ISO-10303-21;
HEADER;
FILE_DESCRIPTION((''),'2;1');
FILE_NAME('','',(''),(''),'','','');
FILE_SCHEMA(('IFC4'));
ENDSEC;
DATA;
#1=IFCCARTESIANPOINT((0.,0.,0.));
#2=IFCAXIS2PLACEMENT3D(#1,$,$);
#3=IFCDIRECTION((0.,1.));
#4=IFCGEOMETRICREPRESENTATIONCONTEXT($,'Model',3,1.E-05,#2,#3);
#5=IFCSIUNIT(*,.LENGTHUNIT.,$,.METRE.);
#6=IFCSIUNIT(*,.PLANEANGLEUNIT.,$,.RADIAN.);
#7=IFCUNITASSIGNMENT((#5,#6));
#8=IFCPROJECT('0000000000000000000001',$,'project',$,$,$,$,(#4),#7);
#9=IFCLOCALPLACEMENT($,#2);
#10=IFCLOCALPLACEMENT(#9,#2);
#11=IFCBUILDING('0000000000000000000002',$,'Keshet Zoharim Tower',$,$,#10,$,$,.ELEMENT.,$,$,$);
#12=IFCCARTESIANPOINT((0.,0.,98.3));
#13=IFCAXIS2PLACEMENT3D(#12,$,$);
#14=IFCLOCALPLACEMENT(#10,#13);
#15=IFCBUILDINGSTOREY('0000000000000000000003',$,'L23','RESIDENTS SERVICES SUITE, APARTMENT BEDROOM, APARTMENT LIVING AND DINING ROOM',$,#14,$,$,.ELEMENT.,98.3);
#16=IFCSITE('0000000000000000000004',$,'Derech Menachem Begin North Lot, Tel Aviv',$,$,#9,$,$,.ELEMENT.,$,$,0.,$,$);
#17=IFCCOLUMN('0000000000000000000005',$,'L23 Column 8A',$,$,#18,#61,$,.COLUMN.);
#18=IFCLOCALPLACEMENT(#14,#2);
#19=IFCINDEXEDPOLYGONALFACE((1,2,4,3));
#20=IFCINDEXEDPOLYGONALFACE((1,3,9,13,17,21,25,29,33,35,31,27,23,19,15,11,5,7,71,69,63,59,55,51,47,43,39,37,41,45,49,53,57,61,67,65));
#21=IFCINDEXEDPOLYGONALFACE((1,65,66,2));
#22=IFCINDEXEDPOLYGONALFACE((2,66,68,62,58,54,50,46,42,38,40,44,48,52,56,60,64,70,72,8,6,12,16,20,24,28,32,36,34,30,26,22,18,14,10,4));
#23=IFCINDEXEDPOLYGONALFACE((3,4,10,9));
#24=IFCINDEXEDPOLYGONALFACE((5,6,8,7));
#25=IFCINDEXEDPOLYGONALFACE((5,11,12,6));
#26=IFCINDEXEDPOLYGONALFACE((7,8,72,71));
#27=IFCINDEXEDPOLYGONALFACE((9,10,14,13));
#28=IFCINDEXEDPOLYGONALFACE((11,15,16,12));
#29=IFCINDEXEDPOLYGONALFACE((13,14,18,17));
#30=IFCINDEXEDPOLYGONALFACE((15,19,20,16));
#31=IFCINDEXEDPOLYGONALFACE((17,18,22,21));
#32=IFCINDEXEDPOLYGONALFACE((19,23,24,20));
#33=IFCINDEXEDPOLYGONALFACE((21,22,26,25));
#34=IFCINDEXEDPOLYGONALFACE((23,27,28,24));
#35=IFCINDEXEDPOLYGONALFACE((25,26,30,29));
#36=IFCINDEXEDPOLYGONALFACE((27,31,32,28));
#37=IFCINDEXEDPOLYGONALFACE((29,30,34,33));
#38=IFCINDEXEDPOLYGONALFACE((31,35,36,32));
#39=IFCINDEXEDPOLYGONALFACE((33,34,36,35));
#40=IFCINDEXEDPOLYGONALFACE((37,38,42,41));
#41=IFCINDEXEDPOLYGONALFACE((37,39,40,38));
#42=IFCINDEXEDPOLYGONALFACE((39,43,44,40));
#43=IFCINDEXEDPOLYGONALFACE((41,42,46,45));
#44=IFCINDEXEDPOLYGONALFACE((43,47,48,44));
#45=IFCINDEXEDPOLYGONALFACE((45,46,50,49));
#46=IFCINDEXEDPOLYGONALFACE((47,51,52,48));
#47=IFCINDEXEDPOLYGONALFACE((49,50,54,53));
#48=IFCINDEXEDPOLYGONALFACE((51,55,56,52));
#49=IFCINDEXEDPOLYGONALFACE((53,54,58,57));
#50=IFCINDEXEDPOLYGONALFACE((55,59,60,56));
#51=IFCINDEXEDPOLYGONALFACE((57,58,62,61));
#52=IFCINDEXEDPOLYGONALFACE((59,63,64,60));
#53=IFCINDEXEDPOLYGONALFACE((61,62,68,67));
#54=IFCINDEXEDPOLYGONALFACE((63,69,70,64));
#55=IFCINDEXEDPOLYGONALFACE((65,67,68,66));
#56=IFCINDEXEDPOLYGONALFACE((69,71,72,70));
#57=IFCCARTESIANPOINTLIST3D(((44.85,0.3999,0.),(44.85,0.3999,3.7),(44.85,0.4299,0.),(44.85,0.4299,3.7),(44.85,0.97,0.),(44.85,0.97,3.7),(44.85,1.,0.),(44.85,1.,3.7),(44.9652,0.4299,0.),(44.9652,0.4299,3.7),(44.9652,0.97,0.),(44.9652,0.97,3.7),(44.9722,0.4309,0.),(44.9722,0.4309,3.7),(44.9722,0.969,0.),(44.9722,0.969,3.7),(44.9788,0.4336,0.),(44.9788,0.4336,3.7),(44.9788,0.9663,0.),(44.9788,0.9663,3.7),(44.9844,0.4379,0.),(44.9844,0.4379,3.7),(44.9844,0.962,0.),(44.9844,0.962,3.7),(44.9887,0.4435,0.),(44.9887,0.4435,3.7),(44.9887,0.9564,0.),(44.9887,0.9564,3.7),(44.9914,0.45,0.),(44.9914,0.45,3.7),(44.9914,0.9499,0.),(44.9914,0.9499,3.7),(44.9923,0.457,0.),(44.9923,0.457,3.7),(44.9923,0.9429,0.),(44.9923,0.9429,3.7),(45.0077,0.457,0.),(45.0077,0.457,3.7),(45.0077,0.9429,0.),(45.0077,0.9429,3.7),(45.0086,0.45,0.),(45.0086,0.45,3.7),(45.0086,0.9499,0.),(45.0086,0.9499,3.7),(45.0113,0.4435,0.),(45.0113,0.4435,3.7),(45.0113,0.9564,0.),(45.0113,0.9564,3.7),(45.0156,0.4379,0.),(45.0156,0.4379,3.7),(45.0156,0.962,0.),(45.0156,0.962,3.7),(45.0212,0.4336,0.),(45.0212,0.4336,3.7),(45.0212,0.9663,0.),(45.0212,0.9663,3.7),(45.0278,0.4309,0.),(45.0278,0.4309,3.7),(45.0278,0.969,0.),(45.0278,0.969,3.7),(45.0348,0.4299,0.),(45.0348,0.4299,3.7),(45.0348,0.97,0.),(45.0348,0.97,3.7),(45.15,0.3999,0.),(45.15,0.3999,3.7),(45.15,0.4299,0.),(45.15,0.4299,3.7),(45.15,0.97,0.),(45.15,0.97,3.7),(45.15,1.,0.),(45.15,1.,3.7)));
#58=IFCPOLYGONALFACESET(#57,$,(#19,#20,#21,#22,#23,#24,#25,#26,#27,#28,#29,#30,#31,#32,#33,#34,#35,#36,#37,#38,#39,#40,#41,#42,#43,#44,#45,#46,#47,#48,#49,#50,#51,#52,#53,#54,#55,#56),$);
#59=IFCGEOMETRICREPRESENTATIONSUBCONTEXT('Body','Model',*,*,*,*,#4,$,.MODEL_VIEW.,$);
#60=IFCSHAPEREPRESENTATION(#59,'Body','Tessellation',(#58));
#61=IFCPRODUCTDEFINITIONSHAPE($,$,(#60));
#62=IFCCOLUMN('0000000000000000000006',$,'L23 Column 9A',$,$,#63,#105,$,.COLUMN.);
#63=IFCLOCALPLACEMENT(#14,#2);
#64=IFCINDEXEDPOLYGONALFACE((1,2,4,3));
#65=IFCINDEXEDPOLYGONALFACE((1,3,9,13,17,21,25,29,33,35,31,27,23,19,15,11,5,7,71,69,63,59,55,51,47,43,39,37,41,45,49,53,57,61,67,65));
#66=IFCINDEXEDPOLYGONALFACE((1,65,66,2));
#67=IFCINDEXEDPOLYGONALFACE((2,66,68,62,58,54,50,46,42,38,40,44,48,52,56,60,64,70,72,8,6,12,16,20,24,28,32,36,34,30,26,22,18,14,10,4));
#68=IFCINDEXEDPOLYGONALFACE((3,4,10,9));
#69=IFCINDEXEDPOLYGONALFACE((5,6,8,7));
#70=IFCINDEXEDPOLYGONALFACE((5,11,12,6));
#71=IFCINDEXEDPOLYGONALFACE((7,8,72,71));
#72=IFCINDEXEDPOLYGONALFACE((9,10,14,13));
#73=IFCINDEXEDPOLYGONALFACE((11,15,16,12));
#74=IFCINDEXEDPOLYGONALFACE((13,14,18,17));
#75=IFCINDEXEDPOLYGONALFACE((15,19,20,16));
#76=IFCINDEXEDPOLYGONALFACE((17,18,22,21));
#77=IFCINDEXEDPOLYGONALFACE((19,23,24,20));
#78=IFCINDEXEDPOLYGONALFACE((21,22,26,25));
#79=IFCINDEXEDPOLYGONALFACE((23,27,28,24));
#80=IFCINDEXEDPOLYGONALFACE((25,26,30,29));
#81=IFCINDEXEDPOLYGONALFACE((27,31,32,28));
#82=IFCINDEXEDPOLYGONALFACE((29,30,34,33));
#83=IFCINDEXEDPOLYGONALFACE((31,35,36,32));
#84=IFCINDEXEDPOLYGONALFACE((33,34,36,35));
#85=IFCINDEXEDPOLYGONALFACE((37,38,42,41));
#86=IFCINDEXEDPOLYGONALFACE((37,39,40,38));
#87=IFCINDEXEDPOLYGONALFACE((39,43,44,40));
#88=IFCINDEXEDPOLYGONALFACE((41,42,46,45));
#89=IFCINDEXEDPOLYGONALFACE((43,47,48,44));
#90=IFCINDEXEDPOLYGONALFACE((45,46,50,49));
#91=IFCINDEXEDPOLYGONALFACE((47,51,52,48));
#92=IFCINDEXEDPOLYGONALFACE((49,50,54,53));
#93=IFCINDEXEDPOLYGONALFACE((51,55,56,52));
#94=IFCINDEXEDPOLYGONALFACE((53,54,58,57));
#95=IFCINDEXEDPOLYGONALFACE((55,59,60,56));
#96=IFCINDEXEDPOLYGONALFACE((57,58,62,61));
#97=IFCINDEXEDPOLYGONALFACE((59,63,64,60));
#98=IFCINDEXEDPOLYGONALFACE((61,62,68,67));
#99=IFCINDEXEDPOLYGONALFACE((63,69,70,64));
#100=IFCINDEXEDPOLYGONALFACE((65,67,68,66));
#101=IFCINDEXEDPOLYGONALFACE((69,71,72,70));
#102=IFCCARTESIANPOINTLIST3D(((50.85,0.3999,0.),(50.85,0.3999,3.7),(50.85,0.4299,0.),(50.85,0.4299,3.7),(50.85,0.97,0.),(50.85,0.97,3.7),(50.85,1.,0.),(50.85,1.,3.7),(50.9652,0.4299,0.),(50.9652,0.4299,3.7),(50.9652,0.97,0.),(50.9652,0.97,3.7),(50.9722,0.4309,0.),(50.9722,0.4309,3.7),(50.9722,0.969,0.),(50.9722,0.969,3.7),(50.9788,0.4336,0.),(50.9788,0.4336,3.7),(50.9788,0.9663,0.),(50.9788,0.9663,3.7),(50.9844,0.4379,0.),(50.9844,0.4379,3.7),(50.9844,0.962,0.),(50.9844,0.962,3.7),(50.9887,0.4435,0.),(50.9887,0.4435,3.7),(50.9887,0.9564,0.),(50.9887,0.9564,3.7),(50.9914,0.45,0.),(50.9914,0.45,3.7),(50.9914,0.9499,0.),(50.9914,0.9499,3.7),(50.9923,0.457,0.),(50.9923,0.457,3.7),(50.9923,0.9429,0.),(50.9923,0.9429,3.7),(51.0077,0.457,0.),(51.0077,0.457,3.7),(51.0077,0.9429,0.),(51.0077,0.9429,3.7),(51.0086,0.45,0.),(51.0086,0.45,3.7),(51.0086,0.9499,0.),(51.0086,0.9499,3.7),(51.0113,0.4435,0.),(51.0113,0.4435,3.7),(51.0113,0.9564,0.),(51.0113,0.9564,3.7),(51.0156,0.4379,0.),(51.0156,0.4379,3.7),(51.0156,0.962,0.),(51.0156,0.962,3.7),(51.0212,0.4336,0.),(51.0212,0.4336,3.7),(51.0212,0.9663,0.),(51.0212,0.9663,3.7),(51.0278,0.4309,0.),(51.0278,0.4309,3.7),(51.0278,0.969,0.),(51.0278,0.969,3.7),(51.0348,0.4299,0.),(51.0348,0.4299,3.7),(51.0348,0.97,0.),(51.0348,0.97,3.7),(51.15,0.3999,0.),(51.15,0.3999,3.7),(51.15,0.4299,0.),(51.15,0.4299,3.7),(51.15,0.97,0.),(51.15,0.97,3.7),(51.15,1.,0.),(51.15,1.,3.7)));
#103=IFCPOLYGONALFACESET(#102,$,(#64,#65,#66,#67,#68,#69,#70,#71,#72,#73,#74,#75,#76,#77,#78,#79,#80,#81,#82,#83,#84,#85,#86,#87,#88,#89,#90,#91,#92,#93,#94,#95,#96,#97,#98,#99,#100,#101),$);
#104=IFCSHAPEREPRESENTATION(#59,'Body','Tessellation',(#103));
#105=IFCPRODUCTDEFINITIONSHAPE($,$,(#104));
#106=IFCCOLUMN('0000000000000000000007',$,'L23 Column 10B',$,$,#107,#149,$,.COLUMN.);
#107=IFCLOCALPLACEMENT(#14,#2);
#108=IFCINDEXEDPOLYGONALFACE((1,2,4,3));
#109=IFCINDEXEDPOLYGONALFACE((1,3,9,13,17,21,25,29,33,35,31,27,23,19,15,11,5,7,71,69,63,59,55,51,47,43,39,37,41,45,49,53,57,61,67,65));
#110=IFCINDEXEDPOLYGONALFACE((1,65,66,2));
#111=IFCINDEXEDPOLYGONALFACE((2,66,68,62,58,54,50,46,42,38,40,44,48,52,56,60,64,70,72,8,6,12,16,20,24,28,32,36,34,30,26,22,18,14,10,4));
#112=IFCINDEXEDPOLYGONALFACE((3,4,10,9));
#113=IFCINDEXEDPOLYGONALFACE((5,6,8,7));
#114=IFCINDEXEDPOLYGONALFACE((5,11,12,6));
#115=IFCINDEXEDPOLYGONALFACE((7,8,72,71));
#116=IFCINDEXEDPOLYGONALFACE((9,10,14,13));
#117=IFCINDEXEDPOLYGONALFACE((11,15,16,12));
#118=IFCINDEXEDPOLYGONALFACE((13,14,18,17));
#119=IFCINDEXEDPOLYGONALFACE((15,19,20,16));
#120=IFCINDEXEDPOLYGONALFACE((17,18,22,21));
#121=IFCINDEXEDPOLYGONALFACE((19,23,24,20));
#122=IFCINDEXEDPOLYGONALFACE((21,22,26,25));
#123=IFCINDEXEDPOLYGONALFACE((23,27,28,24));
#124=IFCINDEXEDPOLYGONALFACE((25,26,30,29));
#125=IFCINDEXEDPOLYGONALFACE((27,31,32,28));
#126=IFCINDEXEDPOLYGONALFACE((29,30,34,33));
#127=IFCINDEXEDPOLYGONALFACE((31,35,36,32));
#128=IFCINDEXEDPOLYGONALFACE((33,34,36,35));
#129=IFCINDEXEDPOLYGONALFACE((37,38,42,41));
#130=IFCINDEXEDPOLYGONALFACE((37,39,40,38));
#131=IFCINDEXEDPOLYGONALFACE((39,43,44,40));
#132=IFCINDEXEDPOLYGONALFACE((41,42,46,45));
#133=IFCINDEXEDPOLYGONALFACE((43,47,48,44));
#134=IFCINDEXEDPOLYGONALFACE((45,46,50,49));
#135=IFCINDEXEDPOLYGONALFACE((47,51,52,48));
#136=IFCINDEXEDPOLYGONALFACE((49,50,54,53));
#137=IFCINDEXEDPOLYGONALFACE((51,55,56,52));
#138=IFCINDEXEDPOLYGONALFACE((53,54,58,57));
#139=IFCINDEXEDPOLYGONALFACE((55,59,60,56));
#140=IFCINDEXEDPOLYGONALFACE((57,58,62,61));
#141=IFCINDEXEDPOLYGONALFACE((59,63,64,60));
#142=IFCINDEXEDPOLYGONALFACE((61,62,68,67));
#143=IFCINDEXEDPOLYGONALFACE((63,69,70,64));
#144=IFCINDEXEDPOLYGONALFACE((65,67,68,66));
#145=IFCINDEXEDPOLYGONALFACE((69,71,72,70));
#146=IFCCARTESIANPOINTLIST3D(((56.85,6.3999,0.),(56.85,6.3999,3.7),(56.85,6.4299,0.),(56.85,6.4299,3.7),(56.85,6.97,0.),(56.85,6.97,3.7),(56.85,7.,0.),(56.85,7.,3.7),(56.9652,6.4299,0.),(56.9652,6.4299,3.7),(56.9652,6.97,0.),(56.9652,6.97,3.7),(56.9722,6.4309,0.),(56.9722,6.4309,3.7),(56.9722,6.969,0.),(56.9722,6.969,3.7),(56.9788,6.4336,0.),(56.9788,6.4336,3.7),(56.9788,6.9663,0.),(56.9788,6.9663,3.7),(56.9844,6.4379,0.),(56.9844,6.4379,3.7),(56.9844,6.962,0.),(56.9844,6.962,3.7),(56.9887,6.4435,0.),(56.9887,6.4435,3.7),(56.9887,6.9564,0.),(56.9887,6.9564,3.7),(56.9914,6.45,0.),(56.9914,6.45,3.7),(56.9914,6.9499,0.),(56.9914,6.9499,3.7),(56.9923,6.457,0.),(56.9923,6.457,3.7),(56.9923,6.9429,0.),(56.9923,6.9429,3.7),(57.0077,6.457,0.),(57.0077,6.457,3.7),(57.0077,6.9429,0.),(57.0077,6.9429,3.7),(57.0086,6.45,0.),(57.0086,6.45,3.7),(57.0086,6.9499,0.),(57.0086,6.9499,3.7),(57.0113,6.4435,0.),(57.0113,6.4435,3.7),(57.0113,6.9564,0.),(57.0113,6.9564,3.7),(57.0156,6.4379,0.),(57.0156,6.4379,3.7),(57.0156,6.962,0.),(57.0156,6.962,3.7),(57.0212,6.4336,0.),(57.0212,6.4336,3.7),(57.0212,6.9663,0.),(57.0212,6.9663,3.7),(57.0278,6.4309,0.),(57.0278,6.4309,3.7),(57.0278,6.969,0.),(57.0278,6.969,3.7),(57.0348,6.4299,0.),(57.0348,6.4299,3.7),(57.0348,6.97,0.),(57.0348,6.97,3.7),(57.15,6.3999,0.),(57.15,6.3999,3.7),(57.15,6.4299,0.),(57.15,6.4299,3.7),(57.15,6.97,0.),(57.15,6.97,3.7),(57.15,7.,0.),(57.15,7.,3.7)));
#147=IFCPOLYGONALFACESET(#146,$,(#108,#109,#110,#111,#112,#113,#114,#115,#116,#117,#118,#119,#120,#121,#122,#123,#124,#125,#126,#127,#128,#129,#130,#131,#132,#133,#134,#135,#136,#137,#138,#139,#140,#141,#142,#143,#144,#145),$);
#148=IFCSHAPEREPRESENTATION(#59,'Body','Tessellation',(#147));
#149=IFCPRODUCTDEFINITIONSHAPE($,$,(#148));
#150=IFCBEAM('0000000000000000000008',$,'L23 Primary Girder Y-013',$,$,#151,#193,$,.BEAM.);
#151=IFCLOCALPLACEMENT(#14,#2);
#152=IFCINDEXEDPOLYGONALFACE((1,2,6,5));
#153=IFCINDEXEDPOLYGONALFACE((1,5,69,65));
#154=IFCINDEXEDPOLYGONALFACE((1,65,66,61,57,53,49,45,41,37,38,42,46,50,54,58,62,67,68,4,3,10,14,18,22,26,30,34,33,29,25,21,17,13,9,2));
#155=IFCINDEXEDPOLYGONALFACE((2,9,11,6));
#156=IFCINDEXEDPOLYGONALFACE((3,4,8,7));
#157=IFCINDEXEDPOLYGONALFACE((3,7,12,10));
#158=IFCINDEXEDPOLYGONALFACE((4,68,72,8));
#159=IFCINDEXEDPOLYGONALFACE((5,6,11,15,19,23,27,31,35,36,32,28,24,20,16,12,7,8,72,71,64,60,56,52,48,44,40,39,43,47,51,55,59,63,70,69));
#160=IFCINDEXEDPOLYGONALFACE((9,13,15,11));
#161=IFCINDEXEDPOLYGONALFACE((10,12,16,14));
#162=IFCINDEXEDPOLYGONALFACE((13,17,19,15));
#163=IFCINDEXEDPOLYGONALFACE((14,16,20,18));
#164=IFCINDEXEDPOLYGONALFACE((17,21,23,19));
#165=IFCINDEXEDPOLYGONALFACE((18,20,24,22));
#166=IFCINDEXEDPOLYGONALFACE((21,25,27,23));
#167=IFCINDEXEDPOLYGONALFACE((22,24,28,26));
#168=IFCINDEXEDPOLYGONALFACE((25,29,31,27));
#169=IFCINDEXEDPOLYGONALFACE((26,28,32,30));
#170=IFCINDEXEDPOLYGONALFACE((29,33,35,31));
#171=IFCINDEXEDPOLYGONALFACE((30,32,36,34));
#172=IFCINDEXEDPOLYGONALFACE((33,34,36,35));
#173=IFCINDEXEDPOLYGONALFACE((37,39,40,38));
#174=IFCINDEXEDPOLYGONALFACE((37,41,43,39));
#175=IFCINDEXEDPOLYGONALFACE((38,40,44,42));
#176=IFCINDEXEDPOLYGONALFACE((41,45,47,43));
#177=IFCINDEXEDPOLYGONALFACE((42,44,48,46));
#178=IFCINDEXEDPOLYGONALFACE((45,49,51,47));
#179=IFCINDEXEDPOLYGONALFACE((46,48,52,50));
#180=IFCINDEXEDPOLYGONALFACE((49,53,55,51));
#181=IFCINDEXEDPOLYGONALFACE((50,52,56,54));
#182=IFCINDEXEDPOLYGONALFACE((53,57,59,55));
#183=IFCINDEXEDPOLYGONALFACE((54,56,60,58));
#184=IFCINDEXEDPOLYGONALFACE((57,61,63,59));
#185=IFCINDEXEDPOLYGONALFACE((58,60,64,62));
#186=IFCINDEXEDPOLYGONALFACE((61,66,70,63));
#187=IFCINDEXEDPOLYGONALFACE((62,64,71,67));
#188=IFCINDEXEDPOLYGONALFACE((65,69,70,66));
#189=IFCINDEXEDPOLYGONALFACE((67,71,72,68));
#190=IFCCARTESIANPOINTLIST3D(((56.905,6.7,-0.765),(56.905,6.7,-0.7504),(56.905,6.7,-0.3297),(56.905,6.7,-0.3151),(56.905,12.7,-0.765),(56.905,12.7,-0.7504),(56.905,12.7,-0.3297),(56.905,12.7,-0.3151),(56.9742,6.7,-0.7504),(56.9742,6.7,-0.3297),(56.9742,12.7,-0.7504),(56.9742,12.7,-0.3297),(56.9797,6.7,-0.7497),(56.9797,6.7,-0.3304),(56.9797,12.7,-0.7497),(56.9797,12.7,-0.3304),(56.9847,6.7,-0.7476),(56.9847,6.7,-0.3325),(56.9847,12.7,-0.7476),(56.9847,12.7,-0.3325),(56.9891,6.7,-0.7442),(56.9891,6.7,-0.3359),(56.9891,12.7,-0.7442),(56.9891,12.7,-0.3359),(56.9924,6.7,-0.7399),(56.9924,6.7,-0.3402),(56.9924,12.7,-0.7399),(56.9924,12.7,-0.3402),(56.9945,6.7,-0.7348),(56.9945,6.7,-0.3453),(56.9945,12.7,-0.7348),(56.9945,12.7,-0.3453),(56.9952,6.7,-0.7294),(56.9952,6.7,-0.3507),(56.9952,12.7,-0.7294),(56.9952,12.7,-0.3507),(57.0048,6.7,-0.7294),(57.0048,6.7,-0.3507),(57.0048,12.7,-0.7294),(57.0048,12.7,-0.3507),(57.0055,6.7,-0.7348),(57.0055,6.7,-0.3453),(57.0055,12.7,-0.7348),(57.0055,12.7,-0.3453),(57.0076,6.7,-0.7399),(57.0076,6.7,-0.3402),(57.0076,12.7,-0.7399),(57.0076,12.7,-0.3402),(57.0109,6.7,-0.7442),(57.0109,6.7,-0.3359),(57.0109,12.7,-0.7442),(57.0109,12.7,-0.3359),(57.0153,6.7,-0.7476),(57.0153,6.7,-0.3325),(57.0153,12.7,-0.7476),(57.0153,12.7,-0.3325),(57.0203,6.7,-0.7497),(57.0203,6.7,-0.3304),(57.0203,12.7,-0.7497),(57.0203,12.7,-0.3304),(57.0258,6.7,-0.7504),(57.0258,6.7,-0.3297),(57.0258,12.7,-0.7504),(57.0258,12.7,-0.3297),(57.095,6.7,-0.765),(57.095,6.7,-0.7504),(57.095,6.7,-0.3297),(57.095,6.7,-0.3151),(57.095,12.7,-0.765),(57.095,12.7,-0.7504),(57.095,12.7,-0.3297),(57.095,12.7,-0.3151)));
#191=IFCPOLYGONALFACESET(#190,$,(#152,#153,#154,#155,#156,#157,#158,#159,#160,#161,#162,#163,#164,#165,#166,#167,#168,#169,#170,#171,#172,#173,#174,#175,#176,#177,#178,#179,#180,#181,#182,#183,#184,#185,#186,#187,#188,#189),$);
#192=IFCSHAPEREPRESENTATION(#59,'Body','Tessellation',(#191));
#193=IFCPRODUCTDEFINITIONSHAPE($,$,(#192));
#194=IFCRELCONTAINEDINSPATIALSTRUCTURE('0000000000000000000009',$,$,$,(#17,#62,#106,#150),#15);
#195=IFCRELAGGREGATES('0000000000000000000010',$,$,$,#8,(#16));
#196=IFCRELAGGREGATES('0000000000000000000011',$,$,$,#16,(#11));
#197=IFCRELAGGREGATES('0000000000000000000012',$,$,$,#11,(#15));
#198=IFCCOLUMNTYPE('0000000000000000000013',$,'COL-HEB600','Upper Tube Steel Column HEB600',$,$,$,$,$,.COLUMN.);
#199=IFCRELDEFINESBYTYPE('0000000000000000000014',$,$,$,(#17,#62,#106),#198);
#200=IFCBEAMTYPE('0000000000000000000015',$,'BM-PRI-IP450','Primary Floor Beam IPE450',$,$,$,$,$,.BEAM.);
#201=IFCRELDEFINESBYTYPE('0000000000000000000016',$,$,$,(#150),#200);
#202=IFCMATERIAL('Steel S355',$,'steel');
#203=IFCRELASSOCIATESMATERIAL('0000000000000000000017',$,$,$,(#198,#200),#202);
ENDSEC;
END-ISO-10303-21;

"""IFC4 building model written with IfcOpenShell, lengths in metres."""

from ifc_helpers import new_model, si_unit, direction, frame, origin, origin_2d, place, context, subcontext, project, spatial, i_section, extrude, material, material_profile, profile_set, type_object, element, save


model = new_model("IFC4")

# Units and contexts
model_context = context("Model", 3, precision=1e-05, world=origin(), true_north=direction((0.0, 1.0)))
body_context = subcontext(model_context, "Body", "Model", "MODEL_VIEW")
ifc_project = project(units=[si_unit("LENGTHUNIT", "METRE"), si_unit("PLANEANGLEUNIT", "RADIAN")], contexts=[model_context])

# Site, building, storey
site_placement = place(None, origin())
site = spatial("IfcSite", under=ifc_project, at=site_placement, Name="Derech Menachem Begin North Lot, Tel Aviv", CompositionType="ELEMENT", RefElevation=0.0)
building_placement = place(site_placement, origin())
building = spatial("IfcBuilding", under=site, at=building_placement, Name="Keshet Zoharim Tower", CompositionType="ELEMENT")
storey_placement = place(building_placement, frame((0.0, 0.0, 98.3)))
storey = spatial("IfcBuildingStorey", under=building, at=storey_placement, Name="L23", Description="RESIDENTS SERVICES SUITE, APARTMENT BEDROOM, APARTMENT LIVING AND DINING ROOM", CompositionType="ELEMENT", Elevation=98.3)

# Columns
ifc_material_1 = material(Name="Steel S355", Category="steel")
ifc_material_profile_1 = material_profile(ifc_material_1, i_section(OverallWidth=0.3, OverallDepth=0.6001, WebThickness=0.0154, FlangeThickness=0.03, FilletRadius=0.0271, at=origin_2d()), Name="HEB600")
ifc_profile_set_1 = profile_set([ifc_material_profile_1], Name="Steel S355")
column_type = type_object("IfcColumnType", Name="COL-HEB600", Description="Upper Tube Steel Column HEB600", PredefinedType="COLUMN", material=ifc_profile_set_1)
for number, where, z_axis, x_axis, name in (
    (1, (45.0, 0.7, 0.0), (0.0, 0.0, 1.0), (1.0, 0.0, 0.0), "L23 Column 8A"),
    (2, (51.0, 0.7, 0.0), (0.0, 0.0, 1.0), (1.0, 0.0, 0.0), "L23 Column 9A"),
    (3, (57.0, 6.7, 0.0), (0.0, 0.0, 1.0), (1.0, 0.0, 0.0), "L23 Column 10B"),
):
    element("IfcColumn", number, at=place(storey_placement, frame(where, z_axis=z_axis, x_axis=x_axis)), inside=storey, type_object=column_type, Name=name, PredefinedType="COLUMN", context=body_context, shape_type="SweptSolid", body=[
        extrude(i_section(OverallWidth=0.3, OverallDepth=0.6001, WebThickness=0.0154, FlangeThickness=0.03, FilletRadius=0.0271, at=origin_2d()), origin(), (0.0, 0.0, 1.0), 3.7),
    ])

# Beam
ifc_material_profile_2 = material_profile(ifc_material_1, i_section(OverallWidth=0.1899, OverallDepth=0.45, WebThickness=0.0095, FlangeThickness=0.0146, FilletRadius=0.021, at=origin_2d()), Name="IPE450")
ifc_profile_set_2 = profile_set([ifc_material_profile_2], Name="Steel S355")
beam_type_1 = type_object("IfcBeamType", Name="BM-PRI-IP450", Description="Primary Floor Beam IPE450", PredefinedType="BEAM", material=ifc_profile_set_2)
beam_1_placement = place(storey_placement, frame((57.0, 6.7, -0.54), z_axis=(0.0, 1.0, 0.0), x_axis=(-1.0, 0.0, 0.0)))
element("IfcBeam", 4, at=beam_1_placement, inside=storey, type_object=beam_type_1, Name="L23 Primary Girder Y-013", PredefinedType="BEAM", context=body_context, shape_type="SweptSolid", body=[
    extrude(i_section(OverallWidth=0.1899, OverallDepth=0.45, WebThickness=0.0095, FlangeThickness=0.0146, FilletRadius=0.021, at=origin_2d()), origin(), (0.0, 0.0, 1.0), 6.0),
])

save(model, "model.ifc")
